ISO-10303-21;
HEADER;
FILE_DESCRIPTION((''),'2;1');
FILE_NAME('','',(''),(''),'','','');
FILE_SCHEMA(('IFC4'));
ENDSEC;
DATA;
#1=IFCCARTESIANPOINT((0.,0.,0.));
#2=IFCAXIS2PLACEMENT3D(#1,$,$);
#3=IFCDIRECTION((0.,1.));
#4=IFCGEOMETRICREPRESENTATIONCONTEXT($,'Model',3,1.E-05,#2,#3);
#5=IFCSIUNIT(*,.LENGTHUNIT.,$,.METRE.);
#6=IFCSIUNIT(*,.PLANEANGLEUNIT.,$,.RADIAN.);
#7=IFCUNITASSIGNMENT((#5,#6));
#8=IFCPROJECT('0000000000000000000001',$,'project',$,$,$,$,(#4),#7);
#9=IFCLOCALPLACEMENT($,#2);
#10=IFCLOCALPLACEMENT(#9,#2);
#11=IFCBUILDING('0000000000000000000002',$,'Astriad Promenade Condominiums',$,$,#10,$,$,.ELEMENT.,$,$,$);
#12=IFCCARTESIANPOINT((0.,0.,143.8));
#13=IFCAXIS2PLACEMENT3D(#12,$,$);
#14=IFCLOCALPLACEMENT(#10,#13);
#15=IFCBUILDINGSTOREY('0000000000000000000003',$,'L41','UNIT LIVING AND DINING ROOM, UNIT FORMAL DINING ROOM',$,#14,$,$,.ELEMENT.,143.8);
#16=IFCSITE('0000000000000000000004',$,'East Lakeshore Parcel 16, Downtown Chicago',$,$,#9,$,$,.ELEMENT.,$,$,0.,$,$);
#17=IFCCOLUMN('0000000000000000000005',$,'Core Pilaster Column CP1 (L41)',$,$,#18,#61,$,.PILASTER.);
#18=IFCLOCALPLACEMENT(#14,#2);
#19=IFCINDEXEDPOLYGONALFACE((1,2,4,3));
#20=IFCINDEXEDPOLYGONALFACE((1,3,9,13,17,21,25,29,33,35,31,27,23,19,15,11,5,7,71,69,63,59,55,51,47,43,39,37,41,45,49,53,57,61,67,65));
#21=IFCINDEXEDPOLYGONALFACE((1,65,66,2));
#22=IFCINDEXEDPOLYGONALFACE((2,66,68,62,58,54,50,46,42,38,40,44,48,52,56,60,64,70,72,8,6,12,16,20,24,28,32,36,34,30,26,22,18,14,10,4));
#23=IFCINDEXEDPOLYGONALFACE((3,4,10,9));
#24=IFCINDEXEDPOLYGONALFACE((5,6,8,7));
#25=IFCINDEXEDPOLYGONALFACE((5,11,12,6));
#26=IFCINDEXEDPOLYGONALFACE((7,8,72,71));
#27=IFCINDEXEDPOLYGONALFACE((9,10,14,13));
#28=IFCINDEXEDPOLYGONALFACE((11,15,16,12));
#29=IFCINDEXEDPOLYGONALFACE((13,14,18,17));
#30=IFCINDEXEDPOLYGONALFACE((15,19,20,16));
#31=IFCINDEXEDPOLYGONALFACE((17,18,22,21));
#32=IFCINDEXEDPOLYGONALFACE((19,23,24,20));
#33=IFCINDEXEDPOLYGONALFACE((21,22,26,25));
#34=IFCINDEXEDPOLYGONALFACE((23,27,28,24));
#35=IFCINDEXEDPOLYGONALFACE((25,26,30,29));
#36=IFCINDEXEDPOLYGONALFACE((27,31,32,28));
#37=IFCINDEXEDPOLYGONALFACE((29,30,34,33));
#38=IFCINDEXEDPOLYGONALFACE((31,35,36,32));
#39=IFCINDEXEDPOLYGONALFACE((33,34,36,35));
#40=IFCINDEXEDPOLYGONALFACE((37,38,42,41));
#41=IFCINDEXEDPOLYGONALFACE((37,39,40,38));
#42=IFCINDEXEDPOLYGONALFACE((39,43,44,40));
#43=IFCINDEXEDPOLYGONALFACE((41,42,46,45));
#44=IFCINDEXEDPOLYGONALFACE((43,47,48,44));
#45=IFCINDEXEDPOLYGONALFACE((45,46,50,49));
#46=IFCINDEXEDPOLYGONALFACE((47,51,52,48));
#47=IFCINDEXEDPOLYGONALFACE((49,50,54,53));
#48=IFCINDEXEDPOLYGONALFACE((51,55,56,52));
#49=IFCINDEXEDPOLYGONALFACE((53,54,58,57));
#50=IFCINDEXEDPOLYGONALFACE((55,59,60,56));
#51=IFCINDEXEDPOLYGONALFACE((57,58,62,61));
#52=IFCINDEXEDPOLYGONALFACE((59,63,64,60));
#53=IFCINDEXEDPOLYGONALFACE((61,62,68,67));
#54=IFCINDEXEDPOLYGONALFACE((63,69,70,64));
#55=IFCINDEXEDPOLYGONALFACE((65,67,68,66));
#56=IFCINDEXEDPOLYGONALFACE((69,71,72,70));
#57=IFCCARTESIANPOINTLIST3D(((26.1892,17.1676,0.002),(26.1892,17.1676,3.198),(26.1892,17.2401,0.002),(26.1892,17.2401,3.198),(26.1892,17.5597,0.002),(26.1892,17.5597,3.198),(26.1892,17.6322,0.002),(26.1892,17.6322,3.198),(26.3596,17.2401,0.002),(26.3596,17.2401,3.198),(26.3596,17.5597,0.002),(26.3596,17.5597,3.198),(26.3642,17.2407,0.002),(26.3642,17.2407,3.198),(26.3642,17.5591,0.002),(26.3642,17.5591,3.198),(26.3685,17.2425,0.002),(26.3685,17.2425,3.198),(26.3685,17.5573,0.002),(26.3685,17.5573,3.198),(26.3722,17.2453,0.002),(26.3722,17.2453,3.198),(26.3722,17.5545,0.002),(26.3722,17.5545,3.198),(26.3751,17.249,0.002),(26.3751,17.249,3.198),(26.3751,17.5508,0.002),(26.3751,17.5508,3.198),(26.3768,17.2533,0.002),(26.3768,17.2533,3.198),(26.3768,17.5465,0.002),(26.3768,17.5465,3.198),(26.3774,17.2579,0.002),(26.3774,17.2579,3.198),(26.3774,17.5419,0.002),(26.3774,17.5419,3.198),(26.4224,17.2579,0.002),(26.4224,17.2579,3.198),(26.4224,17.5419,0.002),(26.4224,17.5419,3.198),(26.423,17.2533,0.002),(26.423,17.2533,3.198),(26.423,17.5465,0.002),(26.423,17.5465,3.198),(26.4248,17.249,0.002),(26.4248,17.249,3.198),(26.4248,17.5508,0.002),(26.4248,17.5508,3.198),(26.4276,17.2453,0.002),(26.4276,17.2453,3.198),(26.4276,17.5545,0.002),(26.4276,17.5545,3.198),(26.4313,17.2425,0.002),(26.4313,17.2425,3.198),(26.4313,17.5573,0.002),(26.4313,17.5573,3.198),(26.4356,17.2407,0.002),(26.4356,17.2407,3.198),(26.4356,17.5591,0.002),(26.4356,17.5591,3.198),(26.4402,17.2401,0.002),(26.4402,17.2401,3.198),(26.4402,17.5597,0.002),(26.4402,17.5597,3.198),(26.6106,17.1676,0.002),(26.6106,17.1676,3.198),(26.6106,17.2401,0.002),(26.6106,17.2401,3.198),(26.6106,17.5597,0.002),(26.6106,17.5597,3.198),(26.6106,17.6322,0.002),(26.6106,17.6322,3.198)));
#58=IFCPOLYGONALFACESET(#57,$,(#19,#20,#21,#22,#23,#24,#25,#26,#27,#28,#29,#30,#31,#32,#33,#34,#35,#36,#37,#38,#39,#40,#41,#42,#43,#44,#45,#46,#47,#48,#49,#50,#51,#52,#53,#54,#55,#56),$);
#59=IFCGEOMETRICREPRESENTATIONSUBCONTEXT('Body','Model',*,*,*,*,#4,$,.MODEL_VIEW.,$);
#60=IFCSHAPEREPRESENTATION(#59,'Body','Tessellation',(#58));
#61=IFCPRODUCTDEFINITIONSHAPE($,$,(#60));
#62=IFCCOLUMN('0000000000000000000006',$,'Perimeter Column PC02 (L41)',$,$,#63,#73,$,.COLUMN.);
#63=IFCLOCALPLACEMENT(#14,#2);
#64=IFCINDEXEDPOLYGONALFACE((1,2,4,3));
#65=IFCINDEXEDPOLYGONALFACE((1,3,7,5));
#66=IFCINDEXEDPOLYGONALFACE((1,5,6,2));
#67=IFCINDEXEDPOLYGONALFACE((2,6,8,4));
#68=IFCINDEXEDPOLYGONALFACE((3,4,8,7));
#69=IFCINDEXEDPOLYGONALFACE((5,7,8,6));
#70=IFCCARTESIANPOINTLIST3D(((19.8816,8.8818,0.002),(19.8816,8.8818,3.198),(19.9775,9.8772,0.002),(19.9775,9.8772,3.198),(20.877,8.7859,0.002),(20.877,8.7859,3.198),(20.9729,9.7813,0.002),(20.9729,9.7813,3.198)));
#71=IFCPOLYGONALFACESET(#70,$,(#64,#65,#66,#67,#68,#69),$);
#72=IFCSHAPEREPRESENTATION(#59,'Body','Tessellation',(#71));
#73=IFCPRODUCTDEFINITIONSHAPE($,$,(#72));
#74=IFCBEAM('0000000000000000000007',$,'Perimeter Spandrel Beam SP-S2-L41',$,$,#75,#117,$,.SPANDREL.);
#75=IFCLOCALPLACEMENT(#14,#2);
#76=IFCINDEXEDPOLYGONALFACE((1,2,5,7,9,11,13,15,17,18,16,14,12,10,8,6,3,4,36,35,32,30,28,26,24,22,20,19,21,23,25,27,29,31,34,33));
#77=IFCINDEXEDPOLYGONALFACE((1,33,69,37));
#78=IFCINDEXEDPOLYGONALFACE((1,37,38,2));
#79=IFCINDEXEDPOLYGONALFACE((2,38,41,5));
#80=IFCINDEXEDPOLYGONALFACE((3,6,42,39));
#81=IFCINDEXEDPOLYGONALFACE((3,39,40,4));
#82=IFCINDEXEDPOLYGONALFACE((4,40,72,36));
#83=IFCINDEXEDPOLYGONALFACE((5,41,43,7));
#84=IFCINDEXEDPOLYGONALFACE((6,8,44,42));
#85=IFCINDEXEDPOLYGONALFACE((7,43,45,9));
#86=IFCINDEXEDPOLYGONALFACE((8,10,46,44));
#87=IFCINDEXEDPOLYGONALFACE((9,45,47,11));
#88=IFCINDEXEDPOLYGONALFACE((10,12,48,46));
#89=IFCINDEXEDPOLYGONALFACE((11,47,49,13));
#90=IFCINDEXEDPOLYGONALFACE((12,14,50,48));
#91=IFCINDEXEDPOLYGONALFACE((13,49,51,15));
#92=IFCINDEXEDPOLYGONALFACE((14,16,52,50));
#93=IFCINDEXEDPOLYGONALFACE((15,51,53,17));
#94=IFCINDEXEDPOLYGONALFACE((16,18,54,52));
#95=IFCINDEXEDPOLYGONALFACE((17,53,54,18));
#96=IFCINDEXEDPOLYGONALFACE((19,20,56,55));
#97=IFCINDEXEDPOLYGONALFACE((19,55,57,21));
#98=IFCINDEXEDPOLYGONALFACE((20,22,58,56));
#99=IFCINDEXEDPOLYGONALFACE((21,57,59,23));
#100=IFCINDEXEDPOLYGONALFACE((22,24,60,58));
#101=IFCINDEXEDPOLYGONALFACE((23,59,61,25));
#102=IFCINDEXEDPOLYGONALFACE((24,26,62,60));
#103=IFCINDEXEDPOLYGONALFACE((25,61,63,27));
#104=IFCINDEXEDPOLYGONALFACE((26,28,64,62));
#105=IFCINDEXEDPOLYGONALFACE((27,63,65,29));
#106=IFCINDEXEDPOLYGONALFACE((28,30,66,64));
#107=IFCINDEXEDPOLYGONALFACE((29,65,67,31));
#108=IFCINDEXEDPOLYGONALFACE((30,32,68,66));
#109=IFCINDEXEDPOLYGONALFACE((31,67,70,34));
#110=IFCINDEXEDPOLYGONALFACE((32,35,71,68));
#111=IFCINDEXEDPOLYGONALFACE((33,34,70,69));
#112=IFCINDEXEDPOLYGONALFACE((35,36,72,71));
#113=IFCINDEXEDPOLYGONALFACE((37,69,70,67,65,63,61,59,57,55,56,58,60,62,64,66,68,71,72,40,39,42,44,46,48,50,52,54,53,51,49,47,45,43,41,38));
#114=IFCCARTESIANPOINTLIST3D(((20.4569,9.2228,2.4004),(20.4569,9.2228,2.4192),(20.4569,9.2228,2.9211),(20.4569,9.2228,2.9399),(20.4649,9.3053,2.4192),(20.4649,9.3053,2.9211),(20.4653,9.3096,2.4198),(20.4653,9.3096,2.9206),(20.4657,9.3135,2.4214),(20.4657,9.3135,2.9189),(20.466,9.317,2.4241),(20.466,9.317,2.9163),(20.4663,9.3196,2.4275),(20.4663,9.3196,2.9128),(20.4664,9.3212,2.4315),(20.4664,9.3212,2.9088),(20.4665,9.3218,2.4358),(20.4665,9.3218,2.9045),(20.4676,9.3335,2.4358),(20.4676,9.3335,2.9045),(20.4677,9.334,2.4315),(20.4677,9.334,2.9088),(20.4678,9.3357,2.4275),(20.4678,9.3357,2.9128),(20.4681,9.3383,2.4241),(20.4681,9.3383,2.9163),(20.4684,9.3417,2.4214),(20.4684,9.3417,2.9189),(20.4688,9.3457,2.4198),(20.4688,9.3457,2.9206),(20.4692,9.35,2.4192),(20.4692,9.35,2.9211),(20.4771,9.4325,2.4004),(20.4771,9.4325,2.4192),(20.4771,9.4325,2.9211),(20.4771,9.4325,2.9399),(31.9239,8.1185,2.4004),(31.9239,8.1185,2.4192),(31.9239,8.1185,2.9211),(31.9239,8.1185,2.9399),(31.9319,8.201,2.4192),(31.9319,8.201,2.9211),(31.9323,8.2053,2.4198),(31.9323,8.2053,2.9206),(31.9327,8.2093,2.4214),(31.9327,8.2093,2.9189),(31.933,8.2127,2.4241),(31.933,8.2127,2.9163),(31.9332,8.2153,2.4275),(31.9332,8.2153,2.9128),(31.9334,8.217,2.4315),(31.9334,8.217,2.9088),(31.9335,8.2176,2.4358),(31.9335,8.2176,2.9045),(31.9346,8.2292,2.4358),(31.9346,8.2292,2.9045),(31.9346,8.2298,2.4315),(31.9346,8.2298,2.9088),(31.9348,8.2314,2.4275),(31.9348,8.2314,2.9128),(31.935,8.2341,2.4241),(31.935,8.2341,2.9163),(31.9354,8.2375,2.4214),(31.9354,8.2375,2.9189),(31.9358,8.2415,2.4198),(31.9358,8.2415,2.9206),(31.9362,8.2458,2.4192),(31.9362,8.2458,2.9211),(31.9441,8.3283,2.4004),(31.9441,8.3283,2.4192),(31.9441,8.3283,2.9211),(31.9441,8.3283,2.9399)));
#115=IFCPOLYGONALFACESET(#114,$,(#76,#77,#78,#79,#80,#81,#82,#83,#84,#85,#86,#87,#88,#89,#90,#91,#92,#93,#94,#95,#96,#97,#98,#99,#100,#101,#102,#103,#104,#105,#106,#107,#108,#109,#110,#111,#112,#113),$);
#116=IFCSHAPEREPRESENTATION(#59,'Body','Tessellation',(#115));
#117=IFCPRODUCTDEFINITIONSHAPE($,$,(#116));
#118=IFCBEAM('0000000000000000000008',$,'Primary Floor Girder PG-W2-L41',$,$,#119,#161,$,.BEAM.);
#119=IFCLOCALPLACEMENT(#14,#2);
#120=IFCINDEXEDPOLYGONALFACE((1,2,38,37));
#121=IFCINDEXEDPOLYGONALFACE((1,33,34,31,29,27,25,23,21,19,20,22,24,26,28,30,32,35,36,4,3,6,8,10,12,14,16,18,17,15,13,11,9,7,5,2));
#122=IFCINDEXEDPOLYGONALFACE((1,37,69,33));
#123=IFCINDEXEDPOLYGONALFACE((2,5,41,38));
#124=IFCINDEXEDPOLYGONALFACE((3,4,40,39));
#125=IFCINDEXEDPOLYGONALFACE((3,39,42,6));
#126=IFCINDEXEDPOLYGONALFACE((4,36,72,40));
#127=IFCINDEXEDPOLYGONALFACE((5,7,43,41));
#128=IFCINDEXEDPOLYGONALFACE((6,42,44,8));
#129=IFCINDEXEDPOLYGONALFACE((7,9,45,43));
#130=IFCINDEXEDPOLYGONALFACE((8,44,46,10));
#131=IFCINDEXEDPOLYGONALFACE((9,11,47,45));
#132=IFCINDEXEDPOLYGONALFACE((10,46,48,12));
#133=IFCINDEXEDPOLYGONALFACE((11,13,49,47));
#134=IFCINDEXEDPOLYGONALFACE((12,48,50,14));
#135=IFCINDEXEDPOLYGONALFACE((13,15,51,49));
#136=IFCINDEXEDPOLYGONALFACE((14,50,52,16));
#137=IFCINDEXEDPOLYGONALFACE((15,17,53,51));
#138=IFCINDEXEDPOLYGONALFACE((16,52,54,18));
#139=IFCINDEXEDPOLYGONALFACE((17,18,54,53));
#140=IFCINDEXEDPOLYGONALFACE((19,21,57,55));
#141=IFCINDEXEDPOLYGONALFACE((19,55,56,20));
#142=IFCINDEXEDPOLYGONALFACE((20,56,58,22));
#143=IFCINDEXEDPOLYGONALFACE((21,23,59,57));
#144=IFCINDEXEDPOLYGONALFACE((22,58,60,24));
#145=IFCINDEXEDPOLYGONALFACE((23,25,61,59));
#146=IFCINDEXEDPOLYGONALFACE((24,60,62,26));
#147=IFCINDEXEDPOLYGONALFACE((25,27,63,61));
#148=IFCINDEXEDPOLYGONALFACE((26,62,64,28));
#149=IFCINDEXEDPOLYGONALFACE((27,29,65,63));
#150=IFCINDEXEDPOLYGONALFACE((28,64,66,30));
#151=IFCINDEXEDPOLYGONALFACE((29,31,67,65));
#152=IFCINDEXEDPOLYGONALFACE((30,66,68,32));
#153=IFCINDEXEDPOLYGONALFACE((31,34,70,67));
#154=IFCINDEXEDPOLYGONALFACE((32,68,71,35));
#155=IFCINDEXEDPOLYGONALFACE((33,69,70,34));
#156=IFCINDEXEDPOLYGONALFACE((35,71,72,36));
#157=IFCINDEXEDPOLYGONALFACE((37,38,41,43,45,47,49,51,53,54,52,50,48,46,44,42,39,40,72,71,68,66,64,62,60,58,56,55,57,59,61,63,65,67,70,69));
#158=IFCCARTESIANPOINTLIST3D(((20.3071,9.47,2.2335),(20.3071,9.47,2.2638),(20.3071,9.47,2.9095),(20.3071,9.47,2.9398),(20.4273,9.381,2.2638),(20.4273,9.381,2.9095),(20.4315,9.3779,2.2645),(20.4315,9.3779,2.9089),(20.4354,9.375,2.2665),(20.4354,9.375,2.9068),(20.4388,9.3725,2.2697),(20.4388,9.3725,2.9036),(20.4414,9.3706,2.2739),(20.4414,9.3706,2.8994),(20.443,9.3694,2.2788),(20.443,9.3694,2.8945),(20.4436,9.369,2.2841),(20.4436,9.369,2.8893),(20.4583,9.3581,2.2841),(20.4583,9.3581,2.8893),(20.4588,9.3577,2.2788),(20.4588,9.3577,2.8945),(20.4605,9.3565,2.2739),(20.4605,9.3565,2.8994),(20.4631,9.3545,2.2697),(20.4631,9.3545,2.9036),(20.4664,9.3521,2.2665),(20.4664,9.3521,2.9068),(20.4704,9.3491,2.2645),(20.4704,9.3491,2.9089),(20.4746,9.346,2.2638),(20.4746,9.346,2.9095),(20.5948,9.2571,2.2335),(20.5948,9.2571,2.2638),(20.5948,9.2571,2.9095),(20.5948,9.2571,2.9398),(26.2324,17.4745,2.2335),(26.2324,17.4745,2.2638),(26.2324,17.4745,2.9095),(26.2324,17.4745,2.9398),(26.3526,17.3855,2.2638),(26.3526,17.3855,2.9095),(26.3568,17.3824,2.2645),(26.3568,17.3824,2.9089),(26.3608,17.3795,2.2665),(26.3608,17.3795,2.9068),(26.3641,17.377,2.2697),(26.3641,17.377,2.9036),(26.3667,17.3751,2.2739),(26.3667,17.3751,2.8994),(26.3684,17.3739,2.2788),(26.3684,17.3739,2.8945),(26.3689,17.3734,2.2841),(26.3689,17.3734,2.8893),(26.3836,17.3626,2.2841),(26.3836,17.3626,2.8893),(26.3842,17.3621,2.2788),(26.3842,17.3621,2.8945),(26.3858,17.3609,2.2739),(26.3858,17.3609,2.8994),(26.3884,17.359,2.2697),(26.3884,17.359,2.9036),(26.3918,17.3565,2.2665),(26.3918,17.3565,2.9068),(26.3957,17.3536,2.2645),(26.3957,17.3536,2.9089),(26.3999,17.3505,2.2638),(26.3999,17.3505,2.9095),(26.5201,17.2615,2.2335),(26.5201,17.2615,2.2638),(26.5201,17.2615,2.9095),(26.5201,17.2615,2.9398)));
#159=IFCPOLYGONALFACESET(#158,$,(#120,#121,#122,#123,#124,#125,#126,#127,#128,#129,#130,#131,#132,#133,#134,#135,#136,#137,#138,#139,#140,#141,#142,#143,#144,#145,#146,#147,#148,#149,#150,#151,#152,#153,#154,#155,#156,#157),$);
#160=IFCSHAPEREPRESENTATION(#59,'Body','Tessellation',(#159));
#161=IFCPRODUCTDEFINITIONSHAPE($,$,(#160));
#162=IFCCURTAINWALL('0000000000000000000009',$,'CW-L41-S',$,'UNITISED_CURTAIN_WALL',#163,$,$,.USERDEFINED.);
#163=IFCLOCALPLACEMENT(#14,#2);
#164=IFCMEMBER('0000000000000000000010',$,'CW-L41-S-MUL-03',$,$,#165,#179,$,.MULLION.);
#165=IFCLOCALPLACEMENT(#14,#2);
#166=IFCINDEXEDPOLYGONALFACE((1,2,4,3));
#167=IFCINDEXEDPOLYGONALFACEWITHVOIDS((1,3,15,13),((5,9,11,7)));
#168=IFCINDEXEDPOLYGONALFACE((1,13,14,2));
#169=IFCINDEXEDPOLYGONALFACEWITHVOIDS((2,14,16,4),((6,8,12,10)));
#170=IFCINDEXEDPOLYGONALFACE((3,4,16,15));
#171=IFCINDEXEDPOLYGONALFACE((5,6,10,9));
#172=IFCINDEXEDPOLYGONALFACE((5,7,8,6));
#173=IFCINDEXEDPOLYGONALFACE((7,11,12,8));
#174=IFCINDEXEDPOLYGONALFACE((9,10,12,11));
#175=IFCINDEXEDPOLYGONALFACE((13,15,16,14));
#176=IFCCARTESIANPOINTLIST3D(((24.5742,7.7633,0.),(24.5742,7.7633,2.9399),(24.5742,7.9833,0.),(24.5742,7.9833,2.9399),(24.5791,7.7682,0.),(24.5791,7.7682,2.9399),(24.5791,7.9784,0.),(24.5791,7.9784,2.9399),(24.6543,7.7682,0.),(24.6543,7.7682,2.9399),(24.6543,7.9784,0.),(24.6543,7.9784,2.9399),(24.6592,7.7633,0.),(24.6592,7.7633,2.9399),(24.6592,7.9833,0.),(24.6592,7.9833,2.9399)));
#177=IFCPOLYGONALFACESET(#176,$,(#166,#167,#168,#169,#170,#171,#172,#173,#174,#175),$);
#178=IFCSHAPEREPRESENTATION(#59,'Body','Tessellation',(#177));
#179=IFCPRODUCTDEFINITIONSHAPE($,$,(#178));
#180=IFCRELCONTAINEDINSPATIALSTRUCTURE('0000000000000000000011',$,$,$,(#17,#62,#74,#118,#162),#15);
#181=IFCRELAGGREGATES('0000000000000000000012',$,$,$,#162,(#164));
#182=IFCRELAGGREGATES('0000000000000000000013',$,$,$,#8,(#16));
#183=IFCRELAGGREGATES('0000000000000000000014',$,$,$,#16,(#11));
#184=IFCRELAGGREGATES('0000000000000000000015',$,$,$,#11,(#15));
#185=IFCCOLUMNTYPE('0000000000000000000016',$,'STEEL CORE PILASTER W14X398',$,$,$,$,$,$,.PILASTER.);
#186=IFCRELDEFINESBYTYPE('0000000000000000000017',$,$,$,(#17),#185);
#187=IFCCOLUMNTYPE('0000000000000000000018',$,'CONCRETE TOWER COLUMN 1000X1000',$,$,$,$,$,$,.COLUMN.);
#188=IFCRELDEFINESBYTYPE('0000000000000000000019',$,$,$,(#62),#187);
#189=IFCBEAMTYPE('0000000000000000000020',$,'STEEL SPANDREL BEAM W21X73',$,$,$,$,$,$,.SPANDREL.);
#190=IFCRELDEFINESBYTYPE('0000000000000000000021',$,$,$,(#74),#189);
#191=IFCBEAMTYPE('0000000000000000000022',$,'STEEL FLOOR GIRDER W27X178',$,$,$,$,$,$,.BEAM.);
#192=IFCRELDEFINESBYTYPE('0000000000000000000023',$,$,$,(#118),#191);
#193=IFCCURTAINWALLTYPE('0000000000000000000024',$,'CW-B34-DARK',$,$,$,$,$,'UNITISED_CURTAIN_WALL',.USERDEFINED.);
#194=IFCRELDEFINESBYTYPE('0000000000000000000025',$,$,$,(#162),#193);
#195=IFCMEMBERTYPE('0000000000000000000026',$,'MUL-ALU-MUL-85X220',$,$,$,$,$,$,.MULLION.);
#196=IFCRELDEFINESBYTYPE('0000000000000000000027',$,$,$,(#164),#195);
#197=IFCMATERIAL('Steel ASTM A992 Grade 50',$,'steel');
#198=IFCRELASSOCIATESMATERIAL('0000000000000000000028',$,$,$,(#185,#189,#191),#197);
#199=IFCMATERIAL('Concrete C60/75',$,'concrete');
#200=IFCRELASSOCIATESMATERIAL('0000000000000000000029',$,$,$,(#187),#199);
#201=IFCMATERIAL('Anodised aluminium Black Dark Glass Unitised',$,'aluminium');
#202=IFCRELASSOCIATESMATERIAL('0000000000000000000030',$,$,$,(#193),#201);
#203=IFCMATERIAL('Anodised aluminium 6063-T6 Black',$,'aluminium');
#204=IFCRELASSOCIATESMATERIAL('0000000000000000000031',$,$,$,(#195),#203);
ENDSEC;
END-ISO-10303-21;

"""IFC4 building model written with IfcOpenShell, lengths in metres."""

from ifc_helpers import new_model, si_unit, direction, frame, origin, origin_2d, place, context, subcontext, project, spatial, rectangle, hollow_rectangle, i_section, extrude, source, transform, mapped, material, material_profile, profile_set, type_object, type_shapes, element, aggregate, save


model = new_model("IFC4")

# Units and contexts
model_context = context("Model", 3, precision=1e-05, world=origin(), true_north=direction((0.0, 1.0)))
body_context = subcontext(model_context, "Body", "Model", "MODEL_VIEW")
ifc_project = project(units=[si_unit("LENGTHUNIT", "METRE"), si_unit("PLANEANGLEUNIT", "RADIAN")], contexts=[model_context])

# Site, building, storey
site_placement = place(None, origin())
site = spatial("IfcSite", under=ifc_project, at=site_placement, Name="East Lakeshore Parcel 16, Downtown Chicago", CompositionType="ELEMENT", RefElevation=0.0)
building_placement = place(site_placement, origin())
building = spatial("IfcBuilding", under=site, at=building_placement, Name="Astriad Promenade Condominiums", CompositionType="ELEMENT")
storey_placement = place(building_placement, frame((0.0, 0.0, 143.8)))
storey = spatial("IfcBuildingStorey", under=building, at=storey_placement, Name="L41", Description="UNIT LIVING AND DINING ROOM, UNIT FORMAL DINING ROOM", CompositionType="ELEMENT", Elevation=143.8)

# Columns
ifc_material_1 = material(Name="Steel ASTM A992 Grade 50", Category="steel")
ifc_material_profile_1 = material_profile(ifc_material_1, i_section(OverallWidth=0.4214, OverallDepth=0.4646, WebThickness=0.0449, FlangeThickness=0.0725, FilletRadius=0.0178, at=origin_2d()), Name="W14X398")
ifc_profile_set_1 = profile_set([ifc_material_profile_1], Name="Steel ASTM A992 Grade 50")
column_type_1 = type_object("IfcColumnType", Name="STEEL CORE PILASTER W14X398", PredefinedType="PILASTER", material=ifc_profile_set_1)
shared_shape_1 = source(origin(), body_context, "Body", "SweptSolid", [
    extrude(i_section(OverallWidth=0.4214, OverallDepth=0.4646, WebThickness=0.0449, FlangeThickness=0.0725, FilletRadius=0.0178, at=origin_2d()), origin(), (0.0, 0.0, 1.0), 3.196),
])
type_shapes(column_type_1, [shared_shape_1])
column_1_placement = place(storey_placement, frame((26.3999, 17.3999, 0.002), z_axis=(0.0, 0.0, 1.0), x_axis=(1.0, 0.0, 0.0)))
element("IfcColumn", 1, at=column_1_placement, inside=storey, type_object=column_type_1, Name="Core Pilaster Column CP1 (L41)", PredefinedType="PILASTER", context=body_context, shape_type="MappedRepresentation", body=[
    mapped(shared_shape_1, transform((0.0, 0.0, 0.0), scale=1.0)),
])
ifc_material_2 = material(Name="Concrete C60/75", Category="concrete")
ifc_material_profile_2 = material_profile(ifc_material_2, rectangle(XDim=1.0, YDim=1.0, at=origin_2d()), Name="RC-COL-1000X1000")
ifc_profile_set_2 = profile_set([ifc_material_profile_2], Name="Concrete C60/75")
column_type_2 = type_object("IfcColumnType", Name="CONCRETE TOWER COLUMN 1000X1000", PredefinedType="COLUMN", material=ifc_profile_set_2)
shared_shape_2 = source(origin(), body_context, "Body", "SweptSolid", [
    extrude(rectangle(XDim=1.0, YDim=1.0, at=origin_2d()), origin(), (0.0, 0.0, 1.0), 3.196),
])
type_shapes(column_type_2, [shared_shape_2])
column_2_placement = place(storey_placement, frame((20.4272, 9.3315, 0.002), z_axis=(0.0, 0.0, 1.0), x_axis=(0.995396, -0.095846, 0.0)))
element("IfcColumn", 2, at=column_2_placement, inside=storey, type_object=column_type_2, Name="Perimeter Column PC02 (L41)", PredefinedType="COLUMN", context=body_context, shape_type="MappedRepresentation", body=[
    mapped(shared_shape_2, transform((0.0, 0.0, 0.0), scale=1.0)),
])

# Beams
ifc_material_profile_3 = material_profile(ifc_material_1, i_section(OverallWidth=0.2107, OverallDepth=0.5396, WebThickness=0.0117, FlangeThickness=0.0188, FilletRadius=0.0166, at=origin_2d()), Name="W21X73")
ifc_profile_set_3 = profile_set([ifc_material_profile_3], Name="Steel ASTM A992 Grade 50")
beam_type_1 = type_object("IfcBeamType", Name="STEEL SPANDREL BEAM W21X73", PredefinedType="SPANDREL", material=ifc_profile_set_3)
shared_shape_3 = source(origin(), body_context, "Body", "SweptSolid", [
    extrude(i_section(OverallWidth=0.2107, OverallDepth=0.5396, WebThickness=0.0117, FlangeThickness=0.0188, FilletRadius=0.0166, at=origin_2d()), origin(), (0.0, 0.0, 1.0), 11.52),
])
type_shapes(beam_type_1, [shared_shape_3])
beam_1_placement = place(storey_placement, frame((20.467, 9.3276, 2.6702), z_axis=(0.995395, -0.095854, 0.0), x_axis=(0.095854, 0.995395, 0.0)))
element("IfcBeam", 3, at=beam_1_placement, inside=storey, type_object=beam_type_1, Name="Perimeter Spandrel Beam SP-S2-L41", PredefinedType="SPANDREL", context=body_context, shape_type="MappedRepresentation", body=[
    mapped(shared_shape_3, transform((0.0, 0.0, 0.0), scale=1.0)),
])
ifc_material_profile_4 = material_profile(ifc_material_1, i_section(OverallWidth=0.3579, OverallDepth=0.7063, WebThickness=0.0183, FlangeThickness=0.0303, FilletRadius=0.0203, at=origin_2d()), Name="W27X178")
ifc_profile_set_4 = profile_set([ifc_material_profile_4], Name="Steel ASTM A992 Grade 50")
beam_type_2 = type_object("IfcBeamType", Name="STEEL FLOOR GIRDER W27X178", PredefinedType="BEAM", material=ifc_profile_set_4)
shared_shape_4 = source(origin(), body_context, "Body", "SweptSolid", [
    extrude(i_section(OverallWidth=0.3579, OverallDepth=0.7063, WebThickness=0.0183, FlangeThickness=0.0303, FilletRadius=0.0203, at=origin_2d()), origin(), (0.0, 0.0, 1.0), 9.959),
])
type_shapes(beam_type_2, [shared_shape_4])
beam_2_placement = place(storey_placement, frame((20.4509, 9.3635, 2.5867), z_axis=(0.594975, 0.803744, 0.0), x_axis=(-0.803744, 0.594975, 0.0)))
element("IfcBeam", 4, at=beam_2_placement, inside=storey, type_object=beam_type_2, Name="Primary Floor Girder PG-W2-L41", PredefinedType="BEAM", context=body_context, shape_type="MappedRepresentation", body=[
    mapped(shared_shape_4, transform((0.0, 0.0, 0.0), scale=1.0)),
])

# Curtain wall, member
ifc_material_3 = material(Name="Anodised aluminium Black Dark Glass Unitised", Category="aluminium")
curtain_wall_type = type_object("IfcCurtainWallType", Name="CW-B34-DARK", ElementType="UNITISED_CURTAIN_WALL", PredefinedType="USERDEFINED", material=ifc_material_3)
curtain_wall_placement = place(storey_placement, origin())
curtain_wall = element("IfcCurtainWall", 5, at=curtain_wall_placement, inside=storey, type_object=curtain_wall_type, Name="CW-L41-S", ObjectType="UNITISED_CURTAIN_WALL", PredefinedType="USERDEFINED")
ifc_material_4 = material(Name="Anodised aluminium 6063-T6 Black", Category="aluminium")
ifc_material_profile_5 = material_profile(ifc_material_4, hollow_rectangle(XDim=0.085, YDim=0.22, WallThickness=0.0049, at=origin_2d()), Name="ALU-MUL-85X220")
ifc_profile_set_5 = profile_set([ifc_material_profile_5], Name="Anodised aluminium 6063-T6 Black")
member_type = type_object("IfcMemberType", Name="MUL-ALU-MUL-85X220", PredefinedType="MULLION", material=ifc_profile_set_5)
shared_shape_5 = source(origin(), body_context, "Body", "SweptSolid", [
    extrude(hollow_rectangle(XDim=0.085, YDim=0.22, WallThickness=0.0049, at=origin_2d()), origin(), (0.0, 0.0, 1.0), 2.9399),
])
type_shapes(member_type, [shared_shape_5])
member_placement = place(storey_placement, frame((24.6167, 7.8733, 0.0), z_axis=(0.0, 0.0, 1.0), x_axis=(1.0, 0.0, 0.0)))
member = element("IfcMember", 6, at=member_placement, type_object=member_type, Name="CW-L41-S-MUL-03", PredefinedType="MULLION", context=body_context, shape_type="MappedRepresentation", body=[
    mapped(shared_shape_5, transform((0.0, 0.0, 0.0), scale=1.0)),
])
aggregate(curtain_wall, [member])

save(model, "model.ifc")
